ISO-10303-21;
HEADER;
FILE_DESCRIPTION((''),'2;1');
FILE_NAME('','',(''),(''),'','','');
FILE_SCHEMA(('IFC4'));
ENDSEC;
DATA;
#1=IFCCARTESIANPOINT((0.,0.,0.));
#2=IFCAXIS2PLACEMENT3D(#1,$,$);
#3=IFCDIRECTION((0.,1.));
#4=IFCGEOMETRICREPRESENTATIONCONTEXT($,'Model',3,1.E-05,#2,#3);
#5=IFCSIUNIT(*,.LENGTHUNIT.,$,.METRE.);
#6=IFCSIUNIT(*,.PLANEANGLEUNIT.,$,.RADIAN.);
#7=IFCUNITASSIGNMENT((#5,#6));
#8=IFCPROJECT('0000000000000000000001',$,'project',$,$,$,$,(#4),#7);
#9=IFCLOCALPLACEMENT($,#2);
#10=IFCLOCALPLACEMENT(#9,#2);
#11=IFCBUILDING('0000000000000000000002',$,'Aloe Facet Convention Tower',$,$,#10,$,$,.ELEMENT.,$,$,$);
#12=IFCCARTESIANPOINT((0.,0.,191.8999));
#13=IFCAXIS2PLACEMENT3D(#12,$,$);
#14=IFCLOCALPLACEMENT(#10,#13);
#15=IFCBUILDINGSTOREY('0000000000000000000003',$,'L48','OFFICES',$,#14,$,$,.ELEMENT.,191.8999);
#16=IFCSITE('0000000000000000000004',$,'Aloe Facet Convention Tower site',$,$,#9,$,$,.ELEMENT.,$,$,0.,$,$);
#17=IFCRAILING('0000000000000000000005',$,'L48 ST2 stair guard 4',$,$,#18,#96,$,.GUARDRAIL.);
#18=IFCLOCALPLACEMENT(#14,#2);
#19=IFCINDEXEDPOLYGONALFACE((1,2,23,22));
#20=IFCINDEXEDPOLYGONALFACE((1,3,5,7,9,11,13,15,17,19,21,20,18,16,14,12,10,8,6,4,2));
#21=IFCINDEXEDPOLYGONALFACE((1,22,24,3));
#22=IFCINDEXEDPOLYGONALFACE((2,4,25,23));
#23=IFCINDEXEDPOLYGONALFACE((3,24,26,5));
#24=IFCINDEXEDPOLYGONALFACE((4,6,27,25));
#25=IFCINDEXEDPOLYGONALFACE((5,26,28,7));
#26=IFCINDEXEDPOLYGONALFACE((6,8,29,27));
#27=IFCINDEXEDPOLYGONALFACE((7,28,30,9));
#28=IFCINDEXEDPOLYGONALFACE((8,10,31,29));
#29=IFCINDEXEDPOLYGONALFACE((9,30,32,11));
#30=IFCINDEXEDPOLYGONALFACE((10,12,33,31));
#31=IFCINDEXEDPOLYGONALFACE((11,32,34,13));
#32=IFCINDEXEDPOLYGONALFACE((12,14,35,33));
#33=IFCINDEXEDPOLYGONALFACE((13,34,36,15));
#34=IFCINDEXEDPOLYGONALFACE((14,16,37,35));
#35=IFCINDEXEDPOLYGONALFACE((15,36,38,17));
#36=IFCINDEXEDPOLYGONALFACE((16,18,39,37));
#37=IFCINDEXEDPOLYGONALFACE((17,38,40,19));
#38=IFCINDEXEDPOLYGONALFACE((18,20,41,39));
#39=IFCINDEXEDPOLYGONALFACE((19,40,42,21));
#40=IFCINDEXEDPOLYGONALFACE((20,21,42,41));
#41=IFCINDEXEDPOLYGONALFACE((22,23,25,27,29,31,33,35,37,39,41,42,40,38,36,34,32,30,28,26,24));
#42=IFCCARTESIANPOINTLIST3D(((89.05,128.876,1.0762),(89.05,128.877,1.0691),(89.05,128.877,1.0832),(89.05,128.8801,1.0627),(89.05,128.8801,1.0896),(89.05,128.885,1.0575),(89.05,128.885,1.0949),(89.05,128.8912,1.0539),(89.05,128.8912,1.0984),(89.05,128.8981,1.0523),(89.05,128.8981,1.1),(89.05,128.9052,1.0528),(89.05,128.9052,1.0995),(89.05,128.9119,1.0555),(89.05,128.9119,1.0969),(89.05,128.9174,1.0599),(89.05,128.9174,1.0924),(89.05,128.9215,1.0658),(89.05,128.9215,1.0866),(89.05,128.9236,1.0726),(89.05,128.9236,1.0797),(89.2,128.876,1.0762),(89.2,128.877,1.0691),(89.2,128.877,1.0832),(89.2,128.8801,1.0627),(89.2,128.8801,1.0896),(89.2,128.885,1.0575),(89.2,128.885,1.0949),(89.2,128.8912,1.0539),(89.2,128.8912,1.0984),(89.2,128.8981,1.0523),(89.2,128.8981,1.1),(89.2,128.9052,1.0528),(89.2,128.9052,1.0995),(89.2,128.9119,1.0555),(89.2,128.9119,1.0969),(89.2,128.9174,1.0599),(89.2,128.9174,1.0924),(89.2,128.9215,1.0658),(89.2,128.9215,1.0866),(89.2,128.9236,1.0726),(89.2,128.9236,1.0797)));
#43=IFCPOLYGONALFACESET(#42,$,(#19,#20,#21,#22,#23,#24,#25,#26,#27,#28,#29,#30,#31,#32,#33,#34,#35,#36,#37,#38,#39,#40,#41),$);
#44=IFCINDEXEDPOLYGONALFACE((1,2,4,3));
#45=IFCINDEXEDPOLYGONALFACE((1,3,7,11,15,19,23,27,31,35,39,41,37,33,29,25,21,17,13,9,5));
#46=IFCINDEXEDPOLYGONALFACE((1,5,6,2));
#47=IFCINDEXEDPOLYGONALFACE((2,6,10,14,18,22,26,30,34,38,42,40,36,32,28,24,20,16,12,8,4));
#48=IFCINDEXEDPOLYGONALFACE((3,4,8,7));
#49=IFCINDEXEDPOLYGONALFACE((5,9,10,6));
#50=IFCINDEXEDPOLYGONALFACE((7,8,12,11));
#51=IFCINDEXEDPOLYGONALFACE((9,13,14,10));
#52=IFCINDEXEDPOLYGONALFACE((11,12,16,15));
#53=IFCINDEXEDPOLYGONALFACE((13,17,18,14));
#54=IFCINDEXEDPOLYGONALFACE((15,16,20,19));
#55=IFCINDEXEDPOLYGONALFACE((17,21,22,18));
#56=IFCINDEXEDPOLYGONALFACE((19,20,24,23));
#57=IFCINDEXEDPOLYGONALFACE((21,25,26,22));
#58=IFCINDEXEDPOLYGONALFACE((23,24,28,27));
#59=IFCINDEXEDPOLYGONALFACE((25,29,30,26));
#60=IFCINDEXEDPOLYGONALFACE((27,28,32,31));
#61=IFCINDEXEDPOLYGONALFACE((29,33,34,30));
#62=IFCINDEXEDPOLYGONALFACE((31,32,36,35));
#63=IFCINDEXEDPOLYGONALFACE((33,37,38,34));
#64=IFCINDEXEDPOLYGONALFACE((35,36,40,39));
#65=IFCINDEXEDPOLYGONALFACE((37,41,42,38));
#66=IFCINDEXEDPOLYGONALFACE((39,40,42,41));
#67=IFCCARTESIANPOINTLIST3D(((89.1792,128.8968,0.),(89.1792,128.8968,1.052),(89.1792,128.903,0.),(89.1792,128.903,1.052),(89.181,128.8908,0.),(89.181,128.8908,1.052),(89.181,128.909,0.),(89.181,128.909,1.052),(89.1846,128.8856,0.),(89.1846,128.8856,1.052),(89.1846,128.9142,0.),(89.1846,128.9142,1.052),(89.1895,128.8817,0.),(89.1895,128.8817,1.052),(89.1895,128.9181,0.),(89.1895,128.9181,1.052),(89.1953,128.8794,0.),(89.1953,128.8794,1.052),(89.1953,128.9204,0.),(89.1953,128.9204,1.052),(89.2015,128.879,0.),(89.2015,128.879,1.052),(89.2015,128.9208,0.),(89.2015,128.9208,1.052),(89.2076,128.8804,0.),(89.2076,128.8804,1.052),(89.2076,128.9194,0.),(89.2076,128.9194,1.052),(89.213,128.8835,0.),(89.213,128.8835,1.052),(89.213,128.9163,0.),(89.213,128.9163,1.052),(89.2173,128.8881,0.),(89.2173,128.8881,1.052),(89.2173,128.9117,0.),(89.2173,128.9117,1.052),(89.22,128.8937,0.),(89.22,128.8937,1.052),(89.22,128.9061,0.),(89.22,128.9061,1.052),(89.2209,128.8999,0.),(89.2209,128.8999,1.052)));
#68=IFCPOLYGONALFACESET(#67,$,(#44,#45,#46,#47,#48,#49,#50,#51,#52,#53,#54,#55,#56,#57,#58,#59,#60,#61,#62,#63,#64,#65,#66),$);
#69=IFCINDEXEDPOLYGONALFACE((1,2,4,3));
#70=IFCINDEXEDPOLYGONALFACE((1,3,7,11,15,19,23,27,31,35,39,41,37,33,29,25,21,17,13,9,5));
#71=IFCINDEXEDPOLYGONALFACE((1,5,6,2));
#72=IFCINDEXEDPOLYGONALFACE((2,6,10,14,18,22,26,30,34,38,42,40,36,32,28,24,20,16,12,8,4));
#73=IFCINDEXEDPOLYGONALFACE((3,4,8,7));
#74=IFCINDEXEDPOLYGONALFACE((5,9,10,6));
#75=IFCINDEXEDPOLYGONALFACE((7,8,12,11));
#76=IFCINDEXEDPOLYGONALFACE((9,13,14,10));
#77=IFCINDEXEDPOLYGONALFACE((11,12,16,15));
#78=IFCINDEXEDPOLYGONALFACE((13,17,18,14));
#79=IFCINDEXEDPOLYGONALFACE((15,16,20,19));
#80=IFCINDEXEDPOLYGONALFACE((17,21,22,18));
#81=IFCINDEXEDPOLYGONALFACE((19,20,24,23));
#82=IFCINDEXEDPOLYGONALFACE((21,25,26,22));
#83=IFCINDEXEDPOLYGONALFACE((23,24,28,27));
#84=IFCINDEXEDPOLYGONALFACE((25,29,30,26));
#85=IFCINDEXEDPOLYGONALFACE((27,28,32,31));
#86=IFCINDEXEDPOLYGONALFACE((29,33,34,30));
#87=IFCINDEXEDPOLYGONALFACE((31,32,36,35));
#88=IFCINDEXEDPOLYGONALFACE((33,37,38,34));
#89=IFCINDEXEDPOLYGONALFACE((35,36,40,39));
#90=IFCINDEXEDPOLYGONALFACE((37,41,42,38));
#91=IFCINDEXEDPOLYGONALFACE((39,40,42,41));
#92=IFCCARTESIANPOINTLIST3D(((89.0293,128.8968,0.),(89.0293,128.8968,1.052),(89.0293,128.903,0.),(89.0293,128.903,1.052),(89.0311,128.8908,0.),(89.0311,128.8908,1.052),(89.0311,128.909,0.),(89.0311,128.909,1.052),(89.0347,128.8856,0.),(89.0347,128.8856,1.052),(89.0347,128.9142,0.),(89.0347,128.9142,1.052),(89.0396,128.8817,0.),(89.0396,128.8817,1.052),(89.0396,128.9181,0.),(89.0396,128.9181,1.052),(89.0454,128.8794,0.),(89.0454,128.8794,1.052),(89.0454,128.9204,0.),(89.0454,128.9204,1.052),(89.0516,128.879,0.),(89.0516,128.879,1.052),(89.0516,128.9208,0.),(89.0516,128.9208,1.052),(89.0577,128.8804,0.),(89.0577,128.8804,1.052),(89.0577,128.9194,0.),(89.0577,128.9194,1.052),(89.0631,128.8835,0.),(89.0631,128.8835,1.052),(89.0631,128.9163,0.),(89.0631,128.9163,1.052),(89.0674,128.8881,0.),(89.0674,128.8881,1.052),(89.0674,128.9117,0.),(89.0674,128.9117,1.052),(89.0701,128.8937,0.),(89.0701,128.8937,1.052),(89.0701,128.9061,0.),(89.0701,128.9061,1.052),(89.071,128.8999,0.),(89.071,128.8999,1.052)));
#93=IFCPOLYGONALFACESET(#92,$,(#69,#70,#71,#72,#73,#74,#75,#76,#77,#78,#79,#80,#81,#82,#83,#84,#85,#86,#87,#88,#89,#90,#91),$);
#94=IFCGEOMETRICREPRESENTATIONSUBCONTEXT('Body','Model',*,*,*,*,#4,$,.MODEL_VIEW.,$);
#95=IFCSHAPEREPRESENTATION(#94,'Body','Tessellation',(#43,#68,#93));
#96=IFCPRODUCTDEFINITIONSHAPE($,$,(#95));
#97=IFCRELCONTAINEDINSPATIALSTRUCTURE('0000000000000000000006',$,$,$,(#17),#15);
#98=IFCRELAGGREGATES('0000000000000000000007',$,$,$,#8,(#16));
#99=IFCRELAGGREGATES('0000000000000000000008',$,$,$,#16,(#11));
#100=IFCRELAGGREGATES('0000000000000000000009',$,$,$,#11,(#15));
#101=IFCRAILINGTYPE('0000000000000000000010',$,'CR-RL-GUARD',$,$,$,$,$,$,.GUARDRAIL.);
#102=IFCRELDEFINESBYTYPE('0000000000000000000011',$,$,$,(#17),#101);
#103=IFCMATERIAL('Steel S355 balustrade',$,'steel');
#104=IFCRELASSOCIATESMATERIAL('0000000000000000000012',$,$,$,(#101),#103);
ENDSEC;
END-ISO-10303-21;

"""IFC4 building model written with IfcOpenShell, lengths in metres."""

from ifc_helpers import new_model, si_unit, direction, frame, origin, origin_2d, place, context, subcontext, project, spatial, circle, extrude, material, type_object, element, save


model = new_model("IFC4")

# Units and contexts
model_context = context("Model", 3, precision=1e-05, world=origin(), true_north=direction((0.0, 1.0)))
body_context = subcontext(model_context, "Body", "Model", "MODEL_VIEW")
ifc_project = project(units=[si_unit("LENGTHUNIT", "METRE"), si_unit("PLANEANGLEUNIT", "RADIAN")], contexts=[model_context])

# Site, building, storey
site_placement = place(None, origin())
site = spatial("IfcSite", under=ifc_project, at=site_placement, Name="Aloe Facet Convention Tower site", CompositionType="ELEMENT", RefElevation=0.0)
building_placement = place(site_placement, origin())
building = spatial("IfcBuilding", under=site, at=building_placement, Name="Aloe Facet Convention Tower", CompositionType="ELEMENT")
storey_placement = place(building_placement, frame((0.0, 0.0, 191.8999)))
storey = spatial("IfcBuildingStorey", under=building, at=storey_placement, Name="L48", Description="OFFICES", CompositionType="ELEMENT", Elevation=191.8999)

# Railing
ifc_material_1 = material(Name="Steel S355 balustrade", Category="steel")
railing_type_1 = type_object("IfcRailingType", Name="CR-RL-GUARD", PredefinedType="GUARDRAIL", material=ifc_material_1)
railing_1_placement = place(storey_placement, frame((89.2, 128.8999, 0.0)))
element("IfcRailing", 1, at=railing_1_placement, inside=storey, type_object=railing_type_1, Name="L48 ST2 stair guard 4", PredefinedType="GUARDRAIL", context=body_context, shape_type="SweptSolid", body=[
    extrude(circle(Radius=0.0239, at=origin_2d()), frame((0.0, 0.0, 1.0762), z_axis=(-1.0, 0.0, 0.0), x_axis=(0.0, -1.0, 0.0)), (0.0, 0.0, 1.0), 0.1499),
    extrude(circle(Radius=0.021, at=origin_2d()), origin(), (0.0, 0.0, 1.0), 1.052),
    extrude(circle(Radius=0.021, at=origin_2d()), frame((-0.1499, 0.0, 0.0)), (0.0, 0.0, 1.0), 1.052),
])

save(model, "model.ifc")
